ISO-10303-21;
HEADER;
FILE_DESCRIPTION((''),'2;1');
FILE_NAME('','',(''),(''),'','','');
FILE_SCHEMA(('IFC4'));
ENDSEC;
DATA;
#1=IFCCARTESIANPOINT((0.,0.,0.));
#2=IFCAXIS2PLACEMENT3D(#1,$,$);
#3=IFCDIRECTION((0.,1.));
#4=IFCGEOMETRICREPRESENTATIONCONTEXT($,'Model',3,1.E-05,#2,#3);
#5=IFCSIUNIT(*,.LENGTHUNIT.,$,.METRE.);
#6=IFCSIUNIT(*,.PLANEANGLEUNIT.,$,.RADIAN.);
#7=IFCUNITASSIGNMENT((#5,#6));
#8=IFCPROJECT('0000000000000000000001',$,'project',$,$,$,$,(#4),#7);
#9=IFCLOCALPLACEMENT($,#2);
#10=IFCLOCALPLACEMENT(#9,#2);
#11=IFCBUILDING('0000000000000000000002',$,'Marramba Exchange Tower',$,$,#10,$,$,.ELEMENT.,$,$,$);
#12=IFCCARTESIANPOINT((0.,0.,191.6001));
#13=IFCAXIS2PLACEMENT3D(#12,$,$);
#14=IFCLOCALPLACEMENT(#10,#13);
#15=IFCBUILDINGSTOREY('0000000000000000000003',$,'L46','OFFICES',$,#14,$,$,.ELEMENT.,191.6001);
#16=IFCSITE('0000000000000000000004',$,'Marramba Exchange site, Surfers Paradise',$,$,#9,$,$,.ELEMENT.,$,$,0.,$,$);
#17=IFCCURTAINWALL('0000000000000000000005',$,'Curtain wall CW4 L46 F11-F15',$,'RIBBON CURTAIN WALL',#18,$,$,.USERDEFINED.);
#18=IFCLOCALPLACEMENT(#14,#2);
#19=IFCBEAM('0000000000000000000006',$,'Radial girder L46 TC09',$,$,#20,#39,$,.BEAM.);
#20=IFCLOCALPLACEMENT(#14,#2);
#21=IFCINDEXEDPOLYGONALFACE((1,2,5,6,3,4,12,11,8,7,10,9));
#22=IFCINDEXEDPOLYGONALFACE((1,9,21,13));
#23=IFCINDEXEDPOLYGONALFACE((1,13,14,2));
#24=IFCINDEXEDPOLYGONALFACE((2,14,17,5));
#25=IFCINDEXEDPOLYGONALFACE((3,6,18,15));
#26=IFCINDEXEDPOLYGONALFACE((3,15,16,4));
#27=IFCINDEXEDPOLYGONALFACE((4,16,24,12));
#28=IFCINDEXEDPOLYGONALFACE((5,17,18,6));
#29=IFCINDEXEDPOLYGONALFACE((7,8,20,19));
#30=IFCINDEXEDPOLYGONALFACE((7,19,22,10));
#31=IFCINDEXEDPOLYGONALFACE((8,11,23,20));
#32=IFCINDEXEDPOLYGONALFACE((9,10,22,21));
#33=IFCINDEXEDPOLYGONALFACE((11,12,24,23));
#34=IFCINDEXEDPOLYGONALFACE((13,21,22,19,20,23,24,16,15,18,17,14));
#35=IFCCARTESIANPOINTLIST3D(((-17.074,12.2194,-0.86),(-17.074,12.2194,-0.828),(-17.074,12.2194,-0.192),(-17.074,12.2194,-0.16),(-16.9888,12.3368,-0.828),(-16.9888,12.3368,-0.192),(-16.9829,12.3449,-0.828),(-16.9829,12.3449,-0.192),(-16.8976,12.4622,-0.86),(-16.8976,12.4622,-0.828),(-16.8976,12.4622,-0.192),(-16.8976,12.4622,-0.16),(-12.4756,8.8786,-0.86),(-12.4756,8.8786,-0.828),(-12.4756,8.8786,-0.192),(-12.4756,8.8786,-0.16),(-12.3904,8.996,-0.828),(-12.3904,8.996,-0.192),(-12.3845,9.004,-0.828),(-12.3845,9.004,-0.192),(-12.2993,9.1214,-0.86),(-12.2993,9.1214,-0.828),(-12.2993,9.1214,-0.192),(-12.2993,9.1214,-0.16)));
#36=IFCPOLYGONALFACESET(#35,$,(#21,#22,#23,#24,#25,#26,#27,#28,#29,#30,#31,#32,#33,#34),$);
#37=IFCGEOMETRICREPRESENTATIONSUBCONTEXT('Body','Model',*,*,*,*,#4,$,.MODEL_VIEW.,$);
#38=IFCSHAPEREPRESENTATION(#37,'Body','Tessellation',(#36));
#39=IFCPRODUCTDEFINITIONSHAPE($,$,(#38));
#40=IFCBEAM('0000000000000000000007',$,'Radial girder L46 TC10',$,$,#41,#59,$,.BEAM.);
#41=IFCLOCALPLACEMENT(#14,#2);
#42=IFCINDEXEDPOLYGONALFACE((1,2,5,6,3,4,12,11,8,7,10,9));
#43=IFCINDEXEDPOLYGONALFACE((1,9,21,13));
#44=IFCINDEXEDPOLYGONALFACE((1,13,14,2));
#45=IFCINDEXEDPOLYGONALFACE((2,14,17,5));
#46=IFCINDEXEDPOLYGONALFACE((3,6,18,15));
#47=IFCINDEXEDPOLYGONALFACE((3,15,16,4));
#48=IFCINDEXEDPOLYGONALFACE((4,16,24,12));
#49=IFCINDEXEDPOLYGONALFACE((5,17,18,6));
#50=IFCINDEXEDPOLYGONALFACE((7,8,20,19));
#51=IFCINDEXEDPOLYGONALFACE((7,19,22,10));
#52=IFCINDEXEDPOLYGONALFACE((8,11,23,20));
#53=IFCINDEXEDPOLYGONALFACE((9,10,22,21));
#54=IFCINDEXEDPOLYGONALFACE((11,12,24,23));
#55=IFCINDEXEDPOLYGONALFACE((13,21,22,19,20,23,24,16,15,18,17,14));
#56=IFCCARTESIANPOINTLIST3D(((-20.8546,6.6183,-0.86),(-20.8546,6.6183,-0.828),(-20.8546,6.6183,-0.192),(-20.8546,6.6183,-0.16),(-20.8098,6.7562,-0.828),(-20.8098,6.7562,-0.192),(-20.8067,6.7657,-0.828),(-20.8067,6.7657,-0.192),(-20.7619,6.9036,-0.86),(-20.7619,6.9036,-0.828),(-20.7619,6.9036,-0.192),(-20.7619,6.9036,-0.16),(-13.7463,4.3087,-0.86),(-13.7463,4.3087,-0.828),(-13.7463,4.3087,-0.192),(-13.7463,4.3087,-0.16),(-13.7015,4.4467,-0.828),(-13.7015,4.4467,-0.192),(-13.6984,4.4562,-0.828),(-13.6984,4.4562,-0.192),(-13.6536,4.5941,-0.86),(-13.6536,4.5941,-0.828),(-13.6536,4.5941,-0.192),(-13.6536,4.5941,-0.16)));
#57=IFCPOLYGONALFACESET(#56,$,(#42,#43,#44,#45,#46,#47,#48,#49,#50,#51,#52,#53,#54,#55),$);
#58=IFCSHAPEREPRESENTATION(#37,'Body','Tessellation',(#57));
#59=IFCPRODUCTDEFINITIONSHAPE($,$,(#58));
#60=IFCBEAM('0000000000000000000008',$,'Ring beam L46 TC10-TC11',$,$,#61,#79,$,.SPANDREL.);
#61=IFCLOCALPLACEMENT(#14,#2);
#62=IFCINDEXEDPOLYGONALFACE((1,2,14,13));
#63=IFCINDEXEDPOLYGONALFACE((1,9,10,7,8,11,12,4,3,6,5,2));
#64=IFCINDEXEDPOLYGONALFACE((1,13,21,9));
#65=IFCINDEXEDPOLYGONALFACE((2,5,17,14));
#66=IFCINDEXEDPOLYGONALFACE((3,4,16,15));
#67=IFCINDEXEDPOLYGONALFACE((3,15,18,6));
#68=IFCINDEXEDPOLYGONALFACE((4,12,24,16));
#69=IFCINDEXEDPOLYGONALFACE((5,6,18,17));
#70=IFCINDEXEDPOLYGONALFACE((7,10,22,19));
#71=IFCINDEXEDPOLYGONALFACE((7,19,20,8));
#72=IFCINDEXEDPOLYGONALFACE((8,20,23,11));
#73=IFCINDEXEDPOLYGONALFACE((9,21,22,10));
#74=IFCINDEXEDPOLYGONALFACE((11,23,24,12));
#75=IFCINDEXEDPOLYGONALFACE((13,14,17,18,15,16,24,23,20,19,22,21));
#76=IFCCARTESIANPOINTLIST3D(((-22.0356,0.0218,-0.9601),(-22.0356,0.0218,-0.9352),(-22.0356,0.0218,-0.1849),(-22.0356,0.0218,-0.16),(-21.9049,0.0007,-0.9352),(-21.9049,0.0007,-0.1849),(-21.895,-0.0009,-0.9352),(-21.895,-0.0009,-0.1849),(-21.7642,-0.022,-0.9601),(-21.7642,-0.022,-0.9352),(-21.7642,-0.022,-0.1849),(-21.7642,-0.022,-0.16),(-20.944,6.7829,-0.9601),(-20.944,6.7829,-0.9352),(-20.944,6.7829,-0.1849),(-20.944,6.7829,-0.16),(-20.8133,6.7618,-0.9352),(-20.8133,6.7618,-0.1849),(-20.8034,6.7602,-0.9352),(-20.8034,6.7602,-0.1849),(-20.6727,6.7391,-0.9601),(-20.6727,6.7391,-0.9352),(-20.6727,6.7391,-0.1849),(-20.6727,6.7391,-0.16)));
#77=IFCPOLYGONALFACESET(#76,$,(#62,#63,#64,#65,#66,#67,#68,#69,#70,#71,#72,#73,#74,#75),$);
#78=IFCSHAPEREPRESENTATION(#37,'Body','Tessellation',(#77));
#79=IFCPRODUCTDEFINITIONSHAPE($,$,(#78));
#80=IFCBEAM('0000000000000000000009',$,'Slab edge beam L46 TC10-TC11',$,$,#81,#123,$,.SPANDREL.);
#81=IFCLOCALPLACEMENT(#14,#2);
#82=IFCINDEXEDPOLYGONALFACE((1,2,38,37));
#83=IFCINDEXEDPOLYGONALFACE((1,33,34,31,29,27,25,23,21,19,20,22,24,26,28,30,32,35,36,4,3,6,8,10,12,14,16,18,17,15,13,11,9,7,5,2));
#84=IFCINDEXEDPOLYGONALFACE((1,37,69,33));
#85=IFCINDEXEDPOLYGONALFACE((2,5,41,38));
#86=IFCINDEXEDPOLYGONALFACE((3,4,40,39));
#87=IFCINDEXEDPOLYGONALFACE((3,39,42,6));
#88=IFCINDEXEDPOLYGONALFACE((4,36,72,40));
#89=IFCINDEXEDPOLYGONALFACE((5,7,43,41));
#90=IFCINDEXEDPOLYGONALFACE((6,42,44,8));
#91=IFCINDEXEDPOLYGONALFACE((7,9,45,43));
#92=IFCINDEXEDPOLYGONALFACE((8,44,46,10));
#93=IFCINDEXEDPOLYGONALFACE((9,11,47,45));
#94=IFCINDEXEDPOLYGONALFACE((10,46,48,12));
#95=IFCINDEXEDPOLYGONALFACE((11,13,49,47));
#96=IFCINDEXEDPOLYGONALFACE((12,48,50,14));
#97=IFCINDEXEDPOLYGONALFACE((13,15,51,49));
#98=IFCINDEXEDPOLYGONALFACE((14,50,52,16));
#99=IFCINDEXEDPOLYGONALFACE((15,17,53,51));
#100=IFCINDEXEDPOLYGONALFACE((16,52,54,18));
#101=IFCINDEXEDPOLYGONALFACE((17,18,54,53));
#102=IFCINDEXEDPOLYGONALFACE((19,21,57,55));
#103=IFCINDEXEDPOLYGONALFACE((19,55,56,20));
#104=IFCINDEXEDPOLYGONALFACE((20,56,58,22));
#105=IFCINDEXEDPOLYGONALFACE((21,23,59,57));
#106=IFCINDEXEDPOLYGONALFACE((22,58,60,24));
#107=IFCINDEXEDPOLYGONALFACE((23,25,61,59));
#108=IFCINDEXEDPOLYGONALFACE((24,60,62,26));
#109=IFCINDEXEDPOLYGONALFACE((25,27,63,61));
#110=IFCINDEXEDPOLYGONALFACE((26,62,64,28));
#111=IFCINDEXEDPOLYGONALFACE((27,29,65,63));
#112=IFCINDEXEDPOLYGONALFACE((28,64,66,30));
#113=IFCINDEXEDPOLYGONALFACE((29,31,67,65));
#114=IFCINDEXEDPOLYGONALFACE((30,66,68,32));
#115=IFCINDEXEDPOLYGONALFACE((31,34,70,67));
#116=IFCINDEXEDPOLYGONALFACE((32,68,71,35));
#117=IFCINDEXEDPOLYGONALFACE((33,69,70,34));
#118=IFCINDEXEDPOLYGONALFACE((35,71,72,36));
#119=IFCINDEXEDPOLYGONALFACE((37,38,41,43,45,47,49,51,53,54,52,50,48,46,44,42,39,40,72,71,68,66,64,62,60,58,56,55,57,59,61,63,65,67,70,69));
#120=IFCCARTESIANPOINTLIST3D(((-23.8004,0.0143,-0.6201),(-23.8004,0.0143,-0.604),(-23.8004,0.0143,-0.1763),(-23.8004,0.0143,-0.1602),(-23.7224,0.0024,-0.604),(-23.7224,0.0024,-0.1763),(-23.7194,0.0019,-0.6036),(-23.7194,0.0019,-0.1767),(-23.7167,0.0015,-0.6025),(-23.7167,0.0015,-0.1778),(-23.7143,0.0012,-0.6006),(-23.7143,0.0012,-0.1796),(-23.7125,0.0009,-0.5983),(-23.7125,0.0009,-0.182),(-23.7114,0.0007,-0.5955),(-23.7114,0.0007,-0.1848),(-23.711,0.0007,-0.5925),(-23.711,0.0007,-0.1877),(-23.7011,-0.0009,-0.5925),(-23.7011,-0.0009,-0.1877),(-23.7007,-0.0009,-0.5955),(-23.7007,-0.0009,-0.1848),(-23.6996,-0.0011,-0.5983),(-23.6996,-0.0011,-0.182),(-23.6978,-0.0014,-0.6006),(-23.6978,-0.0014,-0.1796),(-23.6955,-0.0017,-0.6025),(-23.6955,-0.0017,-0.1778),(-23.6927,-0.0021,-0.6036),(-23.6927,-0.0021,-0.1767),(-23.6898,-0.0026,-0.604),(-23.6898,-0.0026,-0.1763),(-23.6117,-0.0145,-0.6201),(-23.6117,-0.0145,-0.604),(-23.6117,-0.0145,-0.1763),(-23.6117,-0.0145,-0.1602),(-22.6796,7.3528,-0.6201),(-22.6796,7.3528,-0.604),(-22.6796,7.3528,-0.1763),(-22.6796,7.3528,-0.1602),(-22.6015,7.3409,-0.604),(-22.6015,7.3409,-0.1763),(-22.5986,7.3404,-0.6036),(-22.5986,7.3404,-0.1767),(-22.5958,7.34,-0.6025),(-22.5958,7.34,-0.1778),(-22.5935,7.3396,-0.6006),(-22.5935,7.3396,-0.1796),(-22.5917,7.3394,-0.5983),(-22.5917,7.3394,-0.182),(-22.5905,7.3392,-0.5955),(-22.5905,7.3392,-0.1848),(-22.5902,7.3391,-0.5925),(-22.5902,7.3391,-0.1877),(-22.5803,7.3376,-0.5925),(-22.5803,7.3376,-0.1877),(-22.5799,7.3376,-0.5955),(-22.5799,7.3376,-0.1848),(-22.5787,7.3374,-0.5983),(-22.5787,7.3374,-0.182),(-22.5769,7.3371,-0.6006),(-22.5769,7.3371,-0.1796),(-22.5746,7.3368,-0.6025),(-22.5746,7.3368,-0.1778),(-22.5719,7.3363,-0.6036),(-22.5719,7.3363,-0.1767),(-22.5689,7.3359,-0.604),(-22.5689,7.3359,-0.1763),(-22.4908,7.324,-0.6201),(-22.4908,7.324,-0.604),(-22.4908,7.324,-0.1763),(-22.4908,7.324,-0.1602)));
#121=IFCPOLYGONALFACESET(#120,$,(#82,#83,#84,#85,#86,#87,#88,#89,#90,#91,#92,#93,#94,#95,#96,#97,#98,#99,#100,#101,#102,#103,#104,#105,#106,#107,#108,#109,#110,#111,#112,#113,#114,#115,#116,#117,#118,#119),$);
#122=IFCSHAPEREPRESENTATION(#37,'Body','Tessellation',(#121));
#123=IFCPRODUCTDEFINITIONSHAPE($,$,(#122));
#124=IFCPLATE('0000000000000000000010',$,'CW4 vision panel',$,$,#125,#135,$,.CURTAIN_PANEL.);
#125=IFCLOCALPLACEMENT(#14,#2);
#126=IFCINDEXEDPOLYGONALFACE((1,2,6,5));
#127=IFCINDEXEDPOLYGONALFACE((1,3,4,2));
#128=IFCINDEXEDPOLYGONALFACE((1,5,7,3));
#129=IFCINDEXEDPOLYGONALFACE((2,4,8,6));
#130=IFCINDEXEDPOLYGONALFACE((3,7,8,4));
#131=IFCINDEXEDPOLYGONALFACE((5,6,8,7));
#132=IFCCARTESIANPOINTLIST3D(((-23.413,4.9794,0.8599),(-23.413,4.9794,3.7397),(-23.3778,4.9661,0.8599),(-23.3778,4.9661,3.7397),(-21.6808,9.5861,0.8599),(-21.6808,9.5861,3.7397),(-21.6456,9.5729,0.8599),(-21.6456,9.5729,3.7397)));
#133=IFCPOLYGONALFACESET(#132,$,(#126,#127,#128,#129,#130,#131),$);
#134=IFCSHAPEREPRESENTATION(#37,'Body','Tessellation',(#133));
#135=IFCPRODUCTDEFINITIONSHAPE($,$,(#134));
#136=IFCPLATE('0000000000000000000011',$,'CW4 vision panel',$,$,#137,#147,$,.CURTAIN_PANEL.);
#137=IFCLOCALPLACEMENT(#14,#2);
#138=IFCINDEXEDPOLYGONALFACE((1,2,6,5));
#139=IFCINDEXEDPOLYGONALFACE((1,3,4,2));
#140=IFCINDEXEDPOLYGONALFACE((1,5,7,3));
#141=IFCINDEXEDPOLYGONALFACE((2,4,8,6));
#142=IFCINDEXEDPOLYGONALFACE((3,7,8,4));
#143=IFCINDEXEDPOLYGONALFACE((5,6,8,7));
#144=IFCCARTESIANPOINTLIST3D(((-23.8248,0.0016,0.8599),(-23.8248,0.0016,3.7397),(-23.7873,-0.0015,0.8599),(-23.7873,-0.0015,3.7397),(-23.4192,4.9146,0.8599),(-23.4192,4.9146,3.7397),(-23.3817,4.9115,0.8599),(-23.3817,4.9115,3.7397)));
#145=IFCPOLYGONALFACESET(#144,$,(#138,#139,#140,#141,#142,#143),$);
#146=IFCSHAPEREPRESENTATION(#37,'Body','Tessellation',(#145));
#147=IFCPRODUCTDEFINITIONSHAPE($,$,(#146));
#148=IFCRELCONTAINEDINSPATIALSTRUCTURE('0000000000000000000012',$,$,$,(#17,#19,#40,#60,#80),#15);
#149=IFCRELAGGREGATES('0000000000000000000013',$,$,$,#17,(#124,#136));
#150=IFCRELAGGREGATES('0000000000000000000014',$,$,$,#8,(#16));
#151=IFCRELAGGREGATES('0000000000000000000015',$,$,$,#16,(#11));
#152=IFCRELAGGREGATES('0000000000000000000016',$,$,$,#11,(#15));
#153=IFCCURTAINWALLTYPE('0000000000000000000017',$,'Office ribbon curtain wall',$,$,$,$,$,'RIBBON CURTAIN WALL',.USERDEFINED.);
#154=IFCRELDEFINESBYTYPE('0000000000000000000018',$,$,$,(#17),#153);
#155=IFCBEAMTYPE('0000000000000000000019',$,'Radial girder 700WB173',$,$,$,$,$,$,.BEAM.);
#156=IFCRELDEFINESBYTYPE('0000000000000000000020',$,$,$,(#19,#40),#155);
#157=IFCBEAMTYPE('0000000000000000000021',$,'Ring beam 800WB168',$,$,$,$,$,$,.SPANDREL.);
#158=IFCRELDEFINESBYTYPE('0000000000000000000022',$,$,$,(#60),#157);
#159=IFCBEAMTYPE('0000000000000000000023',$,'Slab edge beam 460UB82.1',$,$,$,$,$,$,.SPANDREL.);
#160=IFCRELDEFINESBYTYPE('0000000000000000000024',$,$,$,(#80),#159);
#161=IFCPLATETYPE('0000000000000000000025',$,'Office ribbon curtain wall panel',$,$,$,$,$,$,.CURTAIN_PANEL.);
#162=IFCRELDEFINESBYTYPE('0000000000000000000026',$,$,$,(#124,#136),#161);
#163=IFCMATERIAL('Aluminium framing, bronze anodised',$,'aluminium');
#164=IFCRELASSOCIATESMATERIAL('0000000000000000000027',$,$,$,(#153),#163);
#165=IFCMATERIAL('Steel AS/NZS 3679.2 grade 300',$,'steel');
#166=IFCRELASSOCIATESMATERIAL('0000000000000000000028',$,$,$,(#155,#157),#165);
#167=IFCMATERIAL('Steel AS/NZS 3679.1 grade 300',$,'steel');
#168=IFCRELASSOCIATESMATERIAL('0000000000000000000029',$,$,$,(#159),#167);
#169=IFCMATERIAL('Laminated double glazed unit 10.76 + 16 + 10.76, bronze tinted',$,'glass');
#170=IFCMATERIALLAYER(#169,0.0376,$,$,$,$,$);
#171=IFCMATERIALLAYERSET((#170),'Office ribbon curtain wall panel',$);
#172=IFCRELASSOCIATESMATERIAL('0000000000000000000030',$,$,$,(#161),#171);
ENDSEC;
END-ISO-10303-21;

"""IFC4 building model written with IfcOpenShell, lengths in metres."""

from ifc_helpers import new_model, si_unit, direction, frame, origin, origin_2d, place, context, subcontext, project, spatial, rectangle, i_section, extrude, material, layer, layer_set, material_profile, profile_set, type_object, element, aggregate, save


model = new_model("IFC4")

# Units and contexts
model_context = context("Model", 3, precision=1e-05, world=origin(), true_north=direction((0.0, 1.0)))
body_context = subcontext(model_context, "Body", "Model", "MODEL_VIEW")
ifc_project = project(units=[si_unit("LENGTHUNIT", "METRE"), si_unit("PLANEANGLEUNIT", "RADIAN")], contexts=[model_context])

# Site, building, storey
site_placement = place(None, origin())
site = spatial("IfcSite", under=ifc_project, at=site_placement, Name="Marramba Exchange site, Surfers Paradise", CompositionType="ELEMENT", RefElevation=0.0)
building_placement = place(site_placement, origin())
building = spatial("IfcBuilding", under=site, at=building_placement, Name="Marramba Exchange Tower", CompositionType="ELEMENT")
storey_placement = place(building_placement, frame((0.0, 0.0, 191.6001)))
storey = spatial("IfcBuildingStorey", under=building, at=storey_placement, Name="L46", Description="OFFICES", CompositionType="ELEMENT", Elevation=191.6001)

# Shared definitions
ifc_material_1 = material(Name="Steel AS/NZS 3679.2 grade 300", Category="steel")
ifc_material_2 = material(Name="Steel AS/NZS 3679.1 grade 300", Category="steel")

# Curtain wall
ifc_material_3 = material(Name="Aluminium framing, bronze anodised", Category="aluminium")
curtain_wall_type = type_object("IfcCurtainWallType", Name="Office ribbon curtain wall", ElementType="RIBBON CURTAIN WALL", PredefinedType="USERDEFINED", material=ifc_material_3)
curtain_wall_placement = place(storey_placement, origin())
curtain_wall = element("IfcCurtainWall", 1, at=curtain_wall_placement, inside=storey, type_object=curtain_wall_type, Name="Curtain wall CW4 L46 F11-F15", ObjectType="RIBBON CURTAIN WALL", PredefinedType="USERDEFINED")

# Beams
ifc_material_profile_1 = material_profile(ifc_material_1, i_section(OverallWidth=0.3, OverallDepth=0.7, WebThickness=0.01, FlangeThickness=0.032, at=origin_2d()), Name="700WB173")
ifc_profile_set_1 = profile_set([ifc_material_profile_1], Name="Steel AS/NZS 3679.2 grade 300")
beam_type_1 = type_object("IfcBeamType", Name="Radial girder 700WB173", PredefinedType="BEAM", material=ifc_profile_set_1)
beam_1_placement = place(storey_placement, frame((-12.3875, 9.0, -0.51), z_axis=(-0.809026, 0.587773, 0.0), x_axis=(-0.587773, -0.809026, 0.0)))
element("IfcBeam", 2, at=beam_1_placement, inside=storey, type_object=beam_type_1, Name="Radial girder L46 TC09", PredefinedType="BEAM", context=body_context, shape_type="SweptSolid", body=[
    extrude(i_section(OverallWidth=0.3, OverallDepth=0.7, WebThickness=0.01, FlangeThickness=0.032, at=origin_2d()), origin(), (0.0, 0.0, 1.0), 5.6838),
])
beam_2_placement = place(storey_placement, frame((-13.7, 4.4514, -0.51), z_axis=(-0.95106, 0.309006, 0.0), x_axis=(-0.309006, -0.95106, 0.0)))
element("IfcBeam", 3, at=beam_2_placement, inside=storey, type_object=beam_type_1, Name="Radial girder L46 TC10", PredefinedType="BEAM", context=body_context, shape_type="SweptSolid", body=[
    extrude(i_section(OverallWidth=0.3, OverallDepth=0.7, WebThickness=0.01, FlangeThickness=0.032, at=origin_2d()), origin(), (0.0, 0.0, 1.0), 7.4741),
])
ifc_material_profile_2 = material_profile(ifc_material_1, i_section(OverallWidth=0.2749, OverallDepth=0.8, WebThickness=0.01, FlangeThickness=0.0249, at=origin_2d()), Name="800WB168")
ifc_profile_set_2 = profile_set([ifc_material_profile_2], Name="Steel AS/NZS 3679.2 grade 300")
beam_type_2 = type_object("IfcBeamType", Name="Ring beam 800WB168", PredefinedType="SPANDREL", material=ifc_profile_set_2)
beam_3_placement = place(storey_placement, frame((-20.8083, 6.761, -0.5601), z_axis=(-0.159385, -0.987217, 0.0), x_axis=(0.987217, -0.159385, 0.0)))
element("IfcBeam", 4, at=beam_3_placement, inside=storey, type_object=beam_type_2, Name="Ring beam L46 TC10-TC11", PredefinedType="SPANDREL", context=body_context, shape_type="SweptSolid", body=[
    extrude(i_section(OverallWidth=0.2749, OverallDepth=0.8, WebThickness=0.01, FlangeThickness=0.0249, at=origin_2d()), origin(), (0.0, 0.0, 1.0), 6.8486),
])
ifc_material_profile_3 = material_profile(ifc_material_2, i_section(OverallWidth=0.1909, OverallDepth=0.46, WebThickness=0.01, FlangeThickness=0.0161, FilletRadius=0.0115, at=origin_2d()), Name="460UB82.1")
ifc_profile_set_3 = profile_set([ifc_material_profile_3], Name="Steel AS/NZS 3679.1 grade 300")
beam_type_3 = type_object("IfcBeamType", Name="Slab edge beam 460UB82.1", PredefinedType="SPANDREL", material=ifc_profile_set_3)
beam_4_placement = place(storey_placement, frame((-22.5852, 7.3384, -0.3901), z_axis=(-0.150987, -0.988536, 0.0), x_axis=(0.988536, -0.150987, 0.0)))
element("IfcBeam", 5, at=beam_4_placement, inside=storey, type_object=beam_type_3, Name="Slab edge beam L46 TC10-TC11", PredefinedType="SPANDREL", context=body_context, shape_type="SweptSolid", body=[
    extrude(i_section(OverallWidth=0.1909, OverallDepth=0.46, WebThickness=0.01, FlangeThickness=0.0161, FilletRadius=0.0115, at=origin_2d()), origin(), (0.0, 0.0, 1.0), 7.4236),
])

# Plates
ifc_material_4 = material(Name="Laminated double glazed unit 10.76 + 16 + 10.76, bronze tinted", Category="glass")
ifc_layer_1 = layer(ifc_material_4, 0.0376)
ifc_layer_set_1 = layer_set([ifc_layer_1], Name="Office ribbon curtain wall panel")
plate_type = type_object("IfcPlateType", Name="Office ribbon curtain wall panel", PredefinedType="CURTAIN_PANEL", material=ifc_layer_set_1)
plate_1_placement = place(storey_placement, frame((-22.5293, 7.2761, 0.8599), z_axis=(0.0, 0.0, 1.0), x_axis=(-0.351952, -0.936018, 0.0)))
plate_1 = element("IfcPlate", 6, at=plate_1_placement, type_object=plate_type, Name="CW4 vision panel", PredefinedType="CURTAIN_PANEL", context=body_context, shape_type="SweptSolid", body=[
    extrude(rectangle(XDim=4.9216, YDim=0.0376, at=origin_2d()), origin(), (0.0, 0.0, 1.0), 2.8799),
])
plate_2_placement = place(storey_placement, frame((-23.6033, 2.4565, 0.8599), z_axis=(0.0, 0.0, 1.0), x_axis=(-0.082281, -0.996609, 0.0)))
plate_2 = element("IfcPlate", 7, at=plate_2_placement, type_object=plate_type, Name="CW4 vision panel", PredefinedType="CURTAIN_PANEL", context=body_context, shape_type="SweptSolid", body=[
    extrude(rectangle(XDim=4.9297, YDim=0.0376, at=origin_2d()), origin(), (0.0, 0.0, 1.0), 2.8799),
])
aggregate(curtain_wall, [plate_1, plate_2])

save(model, "model.ifc")
